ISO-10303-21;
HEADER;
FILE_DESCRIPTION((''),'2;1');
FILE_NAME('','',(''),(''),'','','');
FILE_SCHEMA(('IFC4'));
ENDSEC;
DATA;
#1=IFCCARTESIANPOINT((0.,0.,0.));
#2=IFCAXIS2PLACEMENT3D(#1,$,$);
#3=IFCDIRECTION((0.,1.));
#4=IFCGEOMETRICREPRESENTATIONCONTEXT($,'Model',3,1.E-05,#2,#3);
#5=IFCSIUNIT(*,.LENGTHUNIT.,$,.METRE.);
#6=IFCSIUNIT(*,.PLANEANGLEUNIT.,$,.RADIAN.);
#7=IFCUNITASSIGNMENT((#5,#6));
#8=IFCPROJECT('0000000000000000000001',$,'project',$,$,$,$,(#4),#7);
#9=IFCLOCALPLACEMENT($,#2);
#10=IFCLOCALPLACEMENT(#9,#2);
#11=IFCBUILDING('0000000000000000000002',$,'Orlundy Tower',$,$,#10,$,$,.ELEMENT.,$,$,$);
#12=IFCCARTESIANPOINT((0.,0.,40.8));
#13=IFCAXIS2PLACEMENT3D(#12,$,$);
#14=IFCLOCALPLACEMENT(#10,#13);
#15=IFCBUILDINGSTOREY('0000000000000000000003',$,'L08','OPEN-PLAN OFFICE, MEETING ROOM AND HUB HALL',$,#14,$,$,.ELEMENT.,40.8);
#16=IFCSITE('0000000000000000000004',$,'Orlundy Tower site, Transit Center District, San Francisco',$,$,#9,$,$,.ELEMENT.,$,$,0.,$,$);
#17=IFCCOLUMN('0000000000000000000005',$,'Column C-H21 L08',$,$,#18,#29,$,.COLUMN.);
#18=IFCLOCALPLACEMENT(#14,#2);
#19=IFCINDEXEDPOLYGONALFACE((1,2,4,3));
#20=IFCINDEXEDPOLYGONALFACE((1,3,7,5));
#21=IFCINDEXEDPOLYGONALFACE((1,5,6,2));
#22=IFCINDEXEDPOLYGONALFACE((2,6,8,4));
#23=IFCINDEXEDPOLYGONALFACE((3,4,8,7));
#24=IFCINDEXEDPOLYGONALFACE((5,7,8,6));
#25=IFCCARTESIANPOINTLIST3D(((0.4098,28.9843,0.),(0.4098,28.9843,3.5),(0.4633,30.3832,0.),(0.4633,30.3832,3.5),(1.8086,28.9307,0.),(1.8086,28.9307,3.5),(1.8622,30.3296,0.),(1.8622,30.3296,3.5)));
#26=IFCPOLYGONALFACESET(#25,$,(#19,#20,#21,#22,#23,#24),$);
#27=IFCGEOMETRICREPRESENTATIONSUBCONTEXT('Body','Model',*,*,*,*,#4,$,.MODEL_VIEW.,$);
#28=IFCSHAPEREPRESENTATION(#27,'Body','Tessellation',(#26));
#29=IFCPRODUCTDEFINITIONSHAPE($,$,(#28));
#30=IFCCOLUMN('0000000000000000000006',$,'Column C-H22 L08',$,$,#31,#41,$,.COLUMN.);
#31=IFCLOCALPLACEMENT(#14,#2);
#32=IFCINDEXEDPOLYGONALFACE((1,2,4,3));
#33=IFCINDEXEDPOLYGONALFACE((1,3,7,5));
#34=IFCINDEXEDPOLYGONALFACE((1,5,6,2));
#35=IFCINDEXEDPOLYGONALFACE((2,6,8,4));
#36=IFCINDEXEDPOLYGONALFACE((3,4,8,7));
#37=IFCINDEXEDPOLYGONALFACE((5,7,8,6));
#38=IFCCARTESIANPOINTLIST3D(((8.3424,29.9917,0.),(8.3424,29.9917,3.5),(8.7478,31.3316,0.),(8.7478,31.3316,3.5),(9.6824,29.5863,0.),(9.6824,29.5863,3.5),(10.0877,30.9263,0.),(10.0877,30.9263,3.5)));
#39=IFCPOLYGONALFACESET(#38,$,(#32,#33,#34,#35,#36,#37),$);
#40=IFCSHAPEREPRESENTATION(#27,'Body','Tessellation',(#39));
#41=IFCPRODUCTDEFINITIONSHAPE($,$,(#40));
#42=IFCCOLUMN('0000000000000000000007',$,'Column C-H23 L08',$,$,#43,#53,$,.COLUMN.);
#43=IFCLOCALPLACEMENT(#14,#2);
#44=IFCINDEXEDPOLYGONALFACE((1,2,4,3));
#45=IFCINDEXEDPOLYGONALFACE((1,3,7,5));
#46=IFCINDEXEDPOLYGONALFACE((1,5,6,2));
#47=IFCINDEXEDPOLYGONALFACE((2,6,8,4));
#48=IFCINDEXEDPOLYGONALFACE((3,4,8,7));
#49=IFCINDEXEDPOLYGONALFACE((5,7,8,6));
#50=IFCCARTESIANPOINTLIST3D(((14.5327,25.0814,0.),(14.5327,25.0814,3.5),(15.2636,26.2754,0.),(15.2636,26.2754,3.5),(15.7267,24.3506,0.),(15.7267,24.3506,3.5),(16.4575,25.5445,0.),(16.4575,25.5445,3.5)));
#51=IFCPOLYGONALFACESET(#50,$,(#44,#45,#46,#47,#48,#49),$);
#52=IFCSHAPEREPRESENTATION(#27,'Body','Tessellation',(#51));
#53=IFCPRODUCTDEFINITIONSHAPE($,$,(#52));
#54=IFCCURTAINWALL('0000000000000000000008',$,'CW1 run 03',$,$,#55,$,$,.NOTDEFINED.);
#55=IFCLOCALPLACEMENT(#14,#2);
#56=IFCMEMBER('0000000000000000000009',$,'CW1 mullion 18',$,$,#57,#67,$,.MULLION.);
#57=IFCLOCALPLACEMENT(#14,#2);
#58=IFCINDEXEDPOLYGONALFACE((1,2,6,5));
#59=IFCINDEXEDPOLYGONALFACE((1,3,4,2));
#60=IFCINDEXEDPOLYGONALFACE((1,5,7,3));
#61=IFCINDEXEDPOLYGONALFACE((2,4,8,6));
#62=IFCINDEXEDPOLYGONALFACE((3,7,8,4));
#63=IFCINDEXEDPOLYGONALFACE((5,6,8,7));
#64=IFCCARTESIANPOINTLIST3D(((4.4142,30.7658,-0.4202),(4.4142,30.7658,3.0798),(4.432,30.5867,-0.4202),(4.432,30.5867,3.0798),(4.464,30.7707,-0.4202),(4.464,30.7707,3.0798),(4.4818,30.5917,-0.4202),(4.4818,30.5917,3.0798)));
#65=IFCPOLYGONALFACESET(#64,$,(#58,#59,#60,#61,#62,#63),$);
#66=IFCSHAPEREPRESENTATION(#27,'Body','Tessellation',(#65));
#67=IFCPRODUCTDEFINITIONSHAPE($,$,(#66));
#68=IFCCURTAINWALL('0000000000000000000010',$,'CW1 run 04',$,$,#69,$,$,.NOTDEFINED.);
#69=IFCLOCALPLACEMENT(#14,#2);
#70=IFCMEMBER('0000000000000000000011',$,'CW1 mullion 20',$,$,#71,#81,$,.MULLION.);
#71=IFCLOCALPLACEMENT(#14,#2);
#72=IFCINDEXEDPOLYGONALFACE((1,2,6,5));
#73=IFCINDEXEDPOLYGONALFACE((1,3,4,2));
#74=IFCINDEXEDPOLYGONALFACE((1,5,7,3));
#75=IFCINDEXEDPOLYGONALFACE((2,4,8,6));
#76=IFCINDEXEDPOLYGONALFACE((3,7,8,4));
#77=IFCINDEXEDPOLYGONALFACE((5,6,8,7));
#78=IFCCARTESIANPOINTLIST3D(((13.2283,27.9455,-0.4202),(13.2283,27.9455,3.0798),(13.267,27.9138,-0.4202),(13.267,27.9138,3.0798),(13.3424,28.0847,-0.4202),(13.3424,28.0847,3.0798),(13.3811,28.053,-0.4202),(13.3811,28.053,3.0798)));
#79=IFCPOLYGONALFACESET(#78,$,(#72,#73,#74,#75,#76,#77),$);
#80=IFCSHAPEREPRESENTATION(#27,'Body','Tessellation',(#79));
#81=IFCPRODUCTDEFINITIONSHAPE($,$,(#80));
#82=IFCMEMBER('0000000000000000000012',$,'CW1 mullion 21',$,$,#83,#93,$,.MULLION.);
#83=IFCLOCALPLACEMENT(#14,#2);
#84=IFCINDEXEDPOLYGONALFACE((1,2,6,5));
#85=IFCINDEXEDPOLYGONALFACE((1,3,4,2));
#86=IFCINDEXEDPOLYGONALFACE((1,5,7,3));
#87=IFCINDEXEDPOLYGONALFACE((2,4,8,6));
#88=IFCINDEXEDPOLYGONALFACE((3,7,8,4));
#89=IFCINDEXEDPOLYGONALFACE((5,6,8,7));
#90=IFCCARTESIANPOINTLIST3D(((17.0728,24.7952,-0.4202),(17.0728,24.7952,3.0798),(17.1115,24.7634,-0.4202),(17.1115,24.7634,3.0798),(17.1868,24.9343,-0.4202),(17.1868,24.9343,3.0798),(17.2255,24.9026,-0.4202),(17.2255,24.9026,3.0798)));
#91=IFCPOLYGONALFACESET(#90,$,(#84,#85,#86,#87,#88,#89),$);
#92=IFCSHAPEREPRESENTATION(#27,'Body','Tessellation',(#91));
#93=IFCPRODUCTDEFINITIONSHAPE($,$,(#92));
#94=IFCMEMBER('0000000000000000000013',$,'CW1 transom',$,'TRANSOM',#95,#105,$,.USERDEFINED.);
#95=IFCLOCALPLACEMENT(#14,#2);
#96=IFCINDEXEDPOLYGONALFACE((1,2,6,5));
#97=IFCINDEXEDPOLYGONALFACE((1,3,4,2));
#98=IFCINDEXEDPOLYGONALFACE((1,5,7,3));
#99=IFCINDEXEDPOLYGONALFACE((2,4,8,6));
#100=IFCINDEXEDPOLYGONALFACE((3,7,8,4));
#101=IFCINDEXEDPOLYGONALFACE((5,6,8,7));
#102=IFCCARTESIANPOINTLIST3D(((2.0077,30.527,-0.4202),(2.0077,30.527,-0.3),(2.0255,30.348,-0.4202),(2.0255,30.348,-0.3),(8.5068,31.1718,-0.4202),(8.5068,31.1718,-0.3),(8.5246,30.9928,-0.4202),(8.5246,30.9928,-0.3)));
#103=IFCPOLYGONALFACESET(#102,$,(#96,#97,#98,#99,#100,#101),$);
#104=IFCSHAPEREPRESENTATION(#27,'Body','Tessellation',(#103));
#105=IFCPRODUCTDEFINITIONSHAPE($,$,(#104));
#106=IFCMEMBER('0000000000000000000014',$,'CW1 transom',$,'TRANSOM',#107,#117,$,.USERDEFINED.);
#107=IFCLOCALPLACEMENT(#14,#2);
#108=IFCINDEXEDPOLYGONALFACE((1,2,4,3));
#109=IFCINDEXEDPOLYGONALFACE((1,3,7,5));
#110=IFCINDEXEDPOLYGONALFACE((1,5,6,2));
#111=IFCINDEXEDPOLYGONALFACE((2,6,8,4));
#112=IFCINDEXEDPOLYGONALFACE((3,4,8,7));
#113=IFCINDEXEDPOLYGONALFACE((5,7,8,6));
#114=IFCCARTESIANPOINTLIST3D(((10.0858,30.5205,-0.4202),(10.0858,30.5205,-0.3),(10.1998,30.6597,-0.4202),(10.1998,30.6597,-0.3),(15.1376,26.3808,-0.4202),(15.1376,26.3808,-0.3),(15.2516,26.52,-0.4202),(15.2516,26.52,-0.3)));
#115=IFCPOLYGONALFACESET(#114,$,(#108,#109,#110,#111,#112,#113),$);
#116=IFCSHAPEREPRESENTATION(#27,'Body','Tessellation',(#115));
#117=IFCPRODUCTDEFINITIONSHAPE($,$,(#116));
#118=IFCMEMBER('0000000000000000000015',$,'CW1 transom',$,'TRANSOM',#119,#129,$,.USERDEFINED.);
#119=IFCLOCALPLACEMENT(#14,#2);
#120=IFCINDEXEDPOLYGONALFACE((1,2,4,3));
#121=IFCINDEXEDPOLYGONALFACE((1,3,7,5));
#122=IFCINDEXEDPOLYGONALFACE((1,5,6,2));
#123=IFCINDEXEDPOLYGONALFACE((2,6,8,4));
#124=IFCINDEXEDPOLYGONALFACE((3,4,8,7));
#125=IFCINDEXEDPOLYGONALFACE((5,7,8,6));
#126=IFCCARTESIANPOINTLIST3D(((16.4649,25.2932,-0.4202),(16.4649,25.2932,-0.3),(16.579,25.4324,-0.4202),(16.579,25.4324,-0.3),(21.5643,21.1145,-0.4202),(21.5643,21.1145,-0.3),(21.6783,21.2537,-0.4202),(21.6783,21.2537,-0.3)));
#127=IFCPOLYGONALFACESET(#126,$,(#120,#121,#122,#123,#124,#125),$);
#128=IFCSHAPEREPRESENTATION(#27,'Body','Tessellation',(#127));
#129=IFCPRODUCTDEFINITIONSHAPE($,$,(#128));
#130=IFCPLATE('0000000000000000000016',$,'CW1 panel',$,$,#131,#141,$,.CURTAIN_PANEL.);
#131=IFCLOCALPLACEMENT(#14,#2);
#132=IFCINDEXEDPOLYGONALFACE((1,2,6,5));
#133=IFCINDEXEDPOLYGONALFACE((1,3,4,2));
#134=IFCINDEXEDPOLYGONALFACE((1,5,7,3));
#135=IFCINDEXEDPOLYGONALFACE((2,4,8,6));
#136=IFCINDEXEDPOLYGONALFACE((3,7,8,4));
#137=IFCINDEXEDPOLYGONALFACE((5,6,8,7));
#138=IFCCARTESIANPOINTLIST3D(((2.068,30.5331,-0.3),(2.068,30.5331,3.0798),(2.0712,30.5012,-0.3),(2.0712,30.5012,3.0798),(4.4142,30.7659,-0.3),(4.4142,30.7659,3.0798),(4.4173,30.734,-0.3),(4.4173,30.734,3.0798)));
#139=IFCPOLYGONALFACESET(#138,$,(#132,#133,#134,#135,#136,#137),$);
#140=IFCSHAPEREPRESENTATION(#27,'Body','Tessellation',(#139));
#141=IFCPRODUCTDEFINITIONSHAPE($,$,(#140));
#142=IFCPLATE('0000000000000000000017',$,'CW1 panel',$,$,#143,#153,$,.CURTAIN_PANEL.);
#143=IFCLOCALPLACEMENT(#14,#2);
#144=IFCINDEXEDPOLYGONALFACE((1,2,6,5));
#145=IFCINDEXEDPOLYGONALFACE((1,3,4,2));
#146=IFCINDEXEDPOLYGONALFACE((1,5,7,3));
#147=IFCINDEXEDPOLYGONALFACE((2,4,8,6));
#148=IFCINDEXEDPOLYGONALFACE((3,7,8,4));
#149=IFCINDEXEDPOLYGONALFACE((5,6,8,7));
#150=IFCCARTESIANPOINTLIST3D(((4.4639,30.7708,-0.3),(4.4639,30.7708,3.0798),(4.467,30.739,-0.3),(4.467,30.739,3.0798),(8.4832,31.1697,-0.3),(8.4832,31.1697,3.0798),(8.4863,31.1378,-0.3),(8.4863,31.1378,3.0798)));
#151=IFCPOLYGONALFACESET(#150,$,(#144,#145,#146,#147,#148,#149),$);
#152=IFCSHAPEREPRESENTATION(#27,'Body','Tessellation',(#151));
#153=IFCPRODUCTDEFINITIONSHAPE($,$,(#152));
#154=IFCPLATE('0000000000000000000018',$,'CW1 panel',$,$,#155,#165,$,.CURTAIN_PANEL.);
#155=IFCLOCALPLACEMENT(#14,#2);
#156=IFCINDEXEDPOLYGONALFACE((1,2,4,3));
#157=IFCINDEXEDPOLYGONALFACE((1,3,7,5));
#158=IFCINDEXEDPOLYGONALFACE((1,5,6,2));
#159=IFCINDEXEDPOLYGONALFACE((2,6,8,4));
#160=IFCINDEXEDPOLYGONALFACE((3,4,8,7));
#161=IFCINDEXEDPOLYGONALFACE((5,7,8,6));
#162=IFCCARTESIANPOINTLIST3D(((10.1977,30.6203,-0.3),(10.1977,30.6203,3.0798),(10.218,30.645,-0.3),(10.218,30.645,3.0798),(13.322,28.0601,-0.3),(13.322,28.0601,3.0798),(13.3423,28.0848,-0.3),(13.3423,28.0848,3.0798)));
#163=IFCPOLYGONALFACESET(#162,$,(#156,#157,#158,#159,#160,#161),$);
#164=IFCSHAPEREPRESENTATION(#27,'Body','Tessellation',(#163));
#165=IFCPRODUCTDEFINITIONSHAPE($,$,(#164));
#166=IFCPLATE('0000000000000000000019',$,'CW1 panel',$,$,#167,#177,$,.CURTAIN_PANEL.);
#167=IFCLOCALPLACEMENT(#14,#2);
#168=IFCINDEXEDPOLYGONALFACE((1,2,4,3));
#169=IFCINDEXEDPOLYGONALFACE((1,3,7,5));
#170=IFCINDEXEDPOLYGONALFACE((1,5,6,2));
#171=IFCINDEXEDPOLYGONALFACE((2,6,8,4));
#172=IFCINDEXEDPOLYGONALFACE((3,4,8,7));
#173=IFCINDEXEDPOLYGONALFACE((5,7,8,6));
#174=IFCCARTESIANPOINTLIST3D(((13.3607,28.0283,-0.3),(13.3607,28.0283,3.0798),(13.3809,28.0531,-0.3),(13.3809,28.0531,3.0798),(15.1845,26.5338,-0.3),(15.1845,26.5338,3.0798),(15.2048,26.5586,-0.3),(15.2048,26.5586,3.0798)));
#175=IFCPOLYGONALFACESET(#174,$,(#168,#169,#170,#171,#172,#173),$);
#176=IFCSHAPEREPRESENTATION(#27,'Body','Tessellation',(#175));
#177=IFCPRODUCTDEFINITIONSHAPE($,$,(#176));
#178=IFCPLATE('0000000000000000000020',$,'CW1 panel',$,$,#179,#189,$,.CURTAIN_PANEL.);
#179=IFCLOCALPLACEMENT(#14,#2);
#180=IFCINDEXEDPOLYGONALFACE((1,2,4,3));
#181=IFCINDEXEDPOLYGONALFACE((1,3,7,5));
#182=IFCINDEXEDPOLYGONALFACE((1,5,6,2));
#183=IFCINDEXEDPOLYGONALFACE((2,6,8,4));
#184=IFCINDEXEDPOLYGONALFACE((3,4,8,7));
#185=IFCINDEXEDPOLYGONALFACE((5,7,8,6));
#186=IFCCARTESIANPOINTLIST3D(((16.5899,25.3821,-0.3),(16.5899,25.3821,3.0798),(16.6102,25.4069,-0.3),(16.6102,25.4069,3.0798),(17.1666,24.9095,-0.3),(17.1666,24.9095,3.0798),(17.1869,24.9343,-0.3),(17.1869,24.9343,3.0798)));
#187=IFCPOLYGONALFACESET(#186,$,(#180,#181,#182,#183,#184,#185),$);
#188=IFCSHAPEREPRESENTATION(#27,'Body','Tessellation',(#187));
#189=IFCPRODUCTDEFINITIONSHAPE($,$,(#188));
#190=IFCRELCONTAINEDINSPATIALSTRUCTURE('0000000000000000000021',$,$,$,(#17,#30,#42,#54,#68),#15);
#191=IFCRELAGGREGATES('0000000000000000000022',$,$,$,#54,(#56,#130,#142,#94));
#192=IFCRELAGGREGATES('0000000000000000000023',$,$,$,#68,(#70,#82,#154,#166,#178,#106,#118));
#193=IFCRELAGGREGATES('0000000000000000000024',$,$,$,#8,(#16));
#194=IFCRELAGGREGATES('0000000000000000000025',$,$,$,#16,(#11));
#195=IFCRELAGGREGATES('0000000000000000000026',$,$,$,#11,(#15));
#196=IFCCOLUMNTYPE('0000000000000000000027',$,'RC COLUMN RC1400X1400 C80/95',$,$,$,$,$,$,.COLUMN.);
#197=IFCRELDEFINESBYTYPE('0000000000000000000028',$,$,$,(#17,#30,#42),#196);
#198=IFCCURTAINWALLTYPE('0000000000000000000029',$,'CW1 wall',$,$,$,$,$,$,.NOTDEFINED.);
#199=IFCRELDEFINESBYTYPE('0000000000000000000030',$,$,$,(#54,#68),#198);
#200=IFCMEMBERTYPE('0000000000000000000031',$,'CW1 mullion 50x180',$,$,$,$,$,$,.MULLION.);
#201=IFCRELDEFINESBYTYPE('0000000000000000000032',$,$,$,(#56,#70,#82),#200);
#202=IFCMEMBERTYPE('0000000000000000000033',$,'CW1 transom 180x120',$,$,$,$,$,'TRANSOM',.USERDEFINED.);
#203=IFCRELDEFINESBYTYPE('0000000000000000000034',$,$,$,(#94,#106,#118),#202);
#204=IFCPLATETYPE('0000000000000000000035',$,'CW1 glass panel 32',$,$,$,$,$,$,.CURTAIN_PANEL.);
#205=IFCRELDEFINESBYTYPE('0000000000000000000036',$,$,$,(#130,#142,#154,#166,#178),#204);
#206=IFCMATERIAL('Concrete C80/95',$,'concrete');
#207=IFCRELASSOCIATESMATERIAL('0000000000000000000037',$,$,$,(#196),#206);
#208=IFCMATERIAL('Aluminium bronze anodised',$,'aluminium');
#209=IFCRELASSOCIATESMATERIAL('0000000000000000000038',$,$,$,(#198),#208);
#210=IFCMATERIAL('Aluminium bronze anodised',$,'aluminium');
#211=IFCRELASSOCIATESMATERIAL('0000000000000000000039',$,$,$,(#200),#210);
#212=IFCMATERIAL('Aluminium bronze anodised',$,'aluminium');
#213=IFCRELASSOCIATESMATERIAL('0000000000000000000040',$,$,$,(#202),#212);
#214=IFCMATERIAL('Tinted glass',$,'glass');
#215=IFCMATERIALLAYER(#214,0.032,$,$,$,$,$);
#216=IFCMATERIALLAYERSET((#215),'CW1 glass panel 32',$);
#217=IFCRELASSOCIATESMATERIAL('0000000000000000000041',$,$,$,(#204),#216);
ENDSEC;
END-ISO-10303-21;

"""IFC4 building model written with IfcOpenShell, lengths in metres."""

from ifc_helpers import new_model, si_unit, direction, frame, origin, origin_2d, place, context, subcontext, project, spatial, rectangle, extrude, material, layer, layer_set, material_profile, profile_set, type_object, element, aggregate, save


model = new_model("IFC4")

# Units and contexts
model_context = context("Model", 3, precision=1e-05, world=origin(), true_north=direction((0.0, 1.0)))
body_context = subcontext(model_context, "Body", "Model", "MODEL_VIEW")
ifc_project = project(units=[si_unit("LENGTHUNIT", "METRE"), si_unit("PLANEANGLEUNIT", "RADIAN")], contexts=[model_context])

# Site, building, storey
site_placement = place(None, origin())
site = spatial("IfcSite", under=ifc_project, at=site_placement, Name="Orlundy Tower site, Transit Center District, San Francisco", CompositionType="ELEMENT", RefElevation=0.0)
building_placement = place(site_placement, origin())
building = spatial("IfcBuilding", under=site, at=building_placement, Name="Orlundy Tower", CompositionType="ELEMENT")
storey_placement = place(building_placement, frame((0.0, 0.0, 40.8)))
storey = spatial("IfcBuildingStorey", under=building, at=storey_placement, Name="L08", Description="OPEN-PLAN OFFICE, MEETING ROOM AND HUB HALL", CompositionType="ELEMENT", Elevation=40.8)

# Columns
ifc_material_1 = material(Name="Concrete C80/95", Category="concrete")
ifc_material_profile_1 = material_profile(ifc_material_1, rectangle(XDim=1.3999, YDim=1.3999, at=origin_2d()), Name="RC1400X1400")
ifc_profile_set_1 = profile_set([ifc_material_profile_1], Name="Concrete C80/95")
column_type = type_object("IfcColumnType", Name="RC COLUMN RC1400X1400 C80/95", PredefinedType="COLUMN", material=ifc_profile_set_1)
for number, where, z_axis, x_axis, name in (
    (1, (1.136, 29.657, 0.0), (0.0, 0.0, 1.0), (0.038283, 0.999267, 0.0), "Column C-H21 L08"),
    (2, (9.2151, 30.459, 0.0), (0.0, 0.0, 1.0), (0.289583, 0.957153, 0.0), "Column C-H22 L08"),
    (3, (15.4951, 25.313, 0.0), (0.0, 0.0, 1.0), (0.522082, 0.852895, 0.0), "Column C-H23 L08"),
):
    element("IfcColumn", number, at=place(storey_placement, frame(where, z_axis=z_axis, x_axis=x_axis)), inside=storey, type_object=column_type, Name=name, PredefinedType="COLUMN", context=body_context, shape_type="SweptSolid", body=[
        extrude(rectangle(XDim=1.3999, YDim=1.3999, at=origin_2d()), origin(), (0.0, 0.0, 1.0), 3.5),
    ])

# Curtain wall, member
ifc_material_2 = material(Name="Aluminium bronze anodised", Category="aluminium")
curtain_wall_type = type_object("IfcCurtainWallType", Name="CW1 wall", PredefinedType="NOTDEFINED", material=ifc_material_2)
curtain_wall_1_placement = place(storey_placement, origin())
curtain_wall_1 = element("IfcCurtainWall", 4, at=curtain_wall_1_placement, inside=storey, type_object=curtain_wall_type, Name="CW1 run 03", PredefinedType="NOTDEFINED")
ifc_material_3 = material(Name="Aluminium bronze anodised", Category="aluminium")
ifc_material_profile_2 = material_profile(ifc_material_3, rectangle(XDim=0.1799, YDim=0.05, at=origin_2d()), Name="CW1 mullion 50x180")
ifc_profile_set_2 = profile_set([ifc_material_profile_2], Name="Aluminium bronze anodised")
member_type_1 = type_object("IfcMemberType", Name="CW1 mullion 50x180", PredefinedType="MULLION", material=ifc_profile_set_2)
member_1_placement = place(storey_placement, frame((4.448, 30.6787, -0.4202), z_axis=(0.0, 0.0, 1.0), x_axis=(-0.098743, 0.995113, 0.0)))
member_1 = element("IfcMember", 5, at=member_1_placement, type_object=member_type_1, Name="CW1 mullion 18", PredefinedType="MULLION", context=body_context, shape_type="SweptSolid", body=[
    extrude(rectangle(XDim=0.1799, YDim=0.05, at=origin_2d()), origin(), (0.0, 0.0, 1.0), 3.5),
])

# Curtain wall, members
curtain_wall_2_placement = place(storey_placement, origin())
curtain_wall_2 = element("IfcCurtainWall", 6, at=curtain_wall_2_placement, inside=storey, type_object=curtain_wall_type, Name="CW1 run 04", PredefinedType="NOTDEFINED")
member_2_placement = place(storey_placement, frame((13.3047, 27.9993, -0.4202), z_axis=(0.0, 0.0, 1.0), x_axis=(0.633818, 0.773482, 0.0)))
member_2 = element("IfcMember", 7, at=member_2_placement, type_object=member_type_1, Name="CW1 mullion 20", PredefinedType="MULLION", context=body_context, shape_type="SweptSolid", body=[
    extrude(rectangle(XDim=0.1799, YDim=0.05, at=origin_2d()), origin(), (0.0, 0.0, 1.0), 3.5),
])
member_3_placement = place(storey_placement, frame((17.1492, 24.8489, -0.4202), z_axis=(0.0, 0.0, 1.0), x_axis=(0.633818, 0.773482, 0.0)))
member_3 = element("IfcMember", 8, at=member_3_placement, type_object=member_type_1, Name="CW1 mullion 21", PredefinedType="MULLION", context=body_context, shape_type="SweptSolid", body=[
    extrude(rectangle(XDim=0.1799, YDim=0.05, at=origin_2d()), origin(), (0.0, 0.0, 1.0), 3.5),
])

# Members
ifc_material_4 = material(Name="Aluminium bronze anodised", Category="aluminium")
ifc_material_profile_3 = material_profile(ifc_material_4, rectangle(XDim=0.1799, YDim=0.1201, at=origin_2d()), Name="CW1 transom 180x120")
ifc_profile_set_3 = profile_set([ifc_material_profile_3], Name="Aluminium bronze anodised")
member_type_2 = type_object("IfcMemberType", Name="CW1 transom 180x120", ElementType="TRANSOM", PredefinedType="USERDEFINED", material=ifc_profile_set_3)
member_4_placement = place(storey_placement, frame((2.0166, 30.4375, -0.3601), z_axis=(0.995115, 0.098726, 0.0), x_axis=(-0.098726, 0.995115, 0.0)))
member_4 = element("IfcMember", 9, at=member_4_placement, type_object=member_type_2, Name="CW1 transom", ObjectType="TRANSOM", PredefinedType="USERDEFINED", context=body_context, shape_type="SweptSolid", body=[
    extrude(rectangle(XDim=0.1799, YDim=0.1201, at=origin_2d()), origin(), (0.0, 0.0, 1.0), 6.531),
])
member_5_placement = place(storey_placement, frame((10.1428, 30.5901, -0.3601), z_axis=(0.773477, -0.633824, 0.0), x_axis=(0.633824, 0.773477, 0.0)))
member_5 = element("IfcMember", 10, at=member_5_placement, type_object=member_type_2, Name="CW1 transom", ObjectType="TRANSOM", PredefinedType="USERDEFINED", context=body_context, shape_type="SweptSolid", body=[
    extrude(rectangle(XDim=0.1799, YDim=0.1201, at=origin_2d()), origin(), (0.0, 0.0, 1.0), 6.5312),
])
member_6_placement = place(storey_placement, frame((16.522, 25.3628, -0.3601), z_axis=(0.773474, -0.633828, 0.0), x_axis=(0.633828, 0.773474, 0.0)))
member_6 = element("IfcMember", 11, at=member_6_placement, type_object=member_type_2, Name="CW1 transom", ObjectType="TRANSOM", PredefinedType="USERDEFINED", context=body_context, shape_type="SweptSolid", body=[
    extrude(rectangle(XDim=0.1799, YDim=0.1201, at=origin_2d()), origin(), (0.0, 0.0, 1.0), 6.5928),
])

# Plates
ifc_material_5 = material(Name="Tinted glass", Category="glass")
ifc_layer = layer(ifc_material_5, 0.032)
ifc_layer_set = layer_set([ifc_layer], Name="CW1 glass panel 32")
plate_type = type_object("IfcPlateType", Name="CW1 glass panel 32", PredefinedType="CURTAIN_PANEL", material=ifc_layer_set)
plate_1_placement = place(storey_placement, frame((3.2427, 30.6335, -0.3), z_axis=(0.0, 0.0, 1.0), x_axis=(0.995113, 0.098743, 0.0)))
plate_1 = element("IfcPlate", 12, at=plate_1_placement, type_object=plate_type, Name="CW1 panel", PredefinedType="CURTAIN_PANEL", context=body_context, shape_type="SweptSolid", body=[
    extrude(rectangle(XDim=2.3577, YDim=0.032, at=origin_2d()), origin(), (0.0, 0.0, 1.0), 3.3799),
])
plate_2_placement = place(storey_placement, frame((6.4751, 30.9543, -0.3), z_axis=(0.0, 0.0, 1.0), x_axis=(0.995113, 0.098743, 0.0)))
plate_2 = element("IfcPlate", 13, at=plate_2_placement, type_object=plate_type, Name="CW1 panel", PredefinedType="CURTAIN_PANEL", context=body_context, shape_type="SweptSolid", body=[
    extrude(rectangle(XDim=4.0391, YDim=0.032, at=origin_2d()), origin(), (0.0, 0.0, 1.0), 3.3799),
])
aggregate(curtain_wall_1, [member_1, plate_1, plate_2, member_4])
plate_3_placement = place(storey_placement, frame((11.77, 29.3525, -0.3), z_axis=(0.0, 0.0, 1.0), x_axis=(0.773482, -0.633818, 0.0)))
plate_3 = element("IfcPlate", 14, at=plate_3_placement, type_object=plate_type, Name="CW1 panel", PredefinedType="CURTAIN_PANEL", context=body_context, shape_type="SweptSolid", body=[
    extrude(rectangle(XDim=4.0393, YDim=0.032, at=origin_2d()), origin(), (0.0, 0.0, 1.0), 3.3799),
])
plate_4_placement = place(storey_placement, frame((14.2827, 27.2935, -0.3), z_axis=(0.0, 0.0, 1.0), x_axis=(0.773482, -0.633818, 0.0)))
plate_4 = element("IfcPlate", 15, at=plate_4_placement, type_object=plate_type, Name="CW1 panel", PredefinedType="CURTAIN_PANEL", context=body_context, shape_type="SweptSolid", body=[
    extrude(rectangle(XDim=2.3579, YDim=0.032, at=origin_2d()), origin(), (0.0, 0.0, 1.0), 3.3799),
])
plate_5_placement = place(storey_placement, frame((16.8884, 25.1582, -0.3), z_axis=(0.0, 0.0, 1.0), x_axis=(0.773482, -0.633818, 0.0)))
plate_5 = element("IfcPlate", 16, at=plate_5_placement, type_object=plate_type, Name="CW1 panel", PredefinedType="CURTAIN_PANEL", context=body_context, shape_type="SweptSolid", body=[
    extrude(rectangle(XDim=0.7456, YDim=0.032, at=origin_2d()), origin(), (0.0, 0.0, 1.0), 3.3799),
])
aggregate(curtain_wall_2, [member_2, member_3, plate_3, plate_4, plate_5, member_5, member_6])

save(model, "model.ifc")
